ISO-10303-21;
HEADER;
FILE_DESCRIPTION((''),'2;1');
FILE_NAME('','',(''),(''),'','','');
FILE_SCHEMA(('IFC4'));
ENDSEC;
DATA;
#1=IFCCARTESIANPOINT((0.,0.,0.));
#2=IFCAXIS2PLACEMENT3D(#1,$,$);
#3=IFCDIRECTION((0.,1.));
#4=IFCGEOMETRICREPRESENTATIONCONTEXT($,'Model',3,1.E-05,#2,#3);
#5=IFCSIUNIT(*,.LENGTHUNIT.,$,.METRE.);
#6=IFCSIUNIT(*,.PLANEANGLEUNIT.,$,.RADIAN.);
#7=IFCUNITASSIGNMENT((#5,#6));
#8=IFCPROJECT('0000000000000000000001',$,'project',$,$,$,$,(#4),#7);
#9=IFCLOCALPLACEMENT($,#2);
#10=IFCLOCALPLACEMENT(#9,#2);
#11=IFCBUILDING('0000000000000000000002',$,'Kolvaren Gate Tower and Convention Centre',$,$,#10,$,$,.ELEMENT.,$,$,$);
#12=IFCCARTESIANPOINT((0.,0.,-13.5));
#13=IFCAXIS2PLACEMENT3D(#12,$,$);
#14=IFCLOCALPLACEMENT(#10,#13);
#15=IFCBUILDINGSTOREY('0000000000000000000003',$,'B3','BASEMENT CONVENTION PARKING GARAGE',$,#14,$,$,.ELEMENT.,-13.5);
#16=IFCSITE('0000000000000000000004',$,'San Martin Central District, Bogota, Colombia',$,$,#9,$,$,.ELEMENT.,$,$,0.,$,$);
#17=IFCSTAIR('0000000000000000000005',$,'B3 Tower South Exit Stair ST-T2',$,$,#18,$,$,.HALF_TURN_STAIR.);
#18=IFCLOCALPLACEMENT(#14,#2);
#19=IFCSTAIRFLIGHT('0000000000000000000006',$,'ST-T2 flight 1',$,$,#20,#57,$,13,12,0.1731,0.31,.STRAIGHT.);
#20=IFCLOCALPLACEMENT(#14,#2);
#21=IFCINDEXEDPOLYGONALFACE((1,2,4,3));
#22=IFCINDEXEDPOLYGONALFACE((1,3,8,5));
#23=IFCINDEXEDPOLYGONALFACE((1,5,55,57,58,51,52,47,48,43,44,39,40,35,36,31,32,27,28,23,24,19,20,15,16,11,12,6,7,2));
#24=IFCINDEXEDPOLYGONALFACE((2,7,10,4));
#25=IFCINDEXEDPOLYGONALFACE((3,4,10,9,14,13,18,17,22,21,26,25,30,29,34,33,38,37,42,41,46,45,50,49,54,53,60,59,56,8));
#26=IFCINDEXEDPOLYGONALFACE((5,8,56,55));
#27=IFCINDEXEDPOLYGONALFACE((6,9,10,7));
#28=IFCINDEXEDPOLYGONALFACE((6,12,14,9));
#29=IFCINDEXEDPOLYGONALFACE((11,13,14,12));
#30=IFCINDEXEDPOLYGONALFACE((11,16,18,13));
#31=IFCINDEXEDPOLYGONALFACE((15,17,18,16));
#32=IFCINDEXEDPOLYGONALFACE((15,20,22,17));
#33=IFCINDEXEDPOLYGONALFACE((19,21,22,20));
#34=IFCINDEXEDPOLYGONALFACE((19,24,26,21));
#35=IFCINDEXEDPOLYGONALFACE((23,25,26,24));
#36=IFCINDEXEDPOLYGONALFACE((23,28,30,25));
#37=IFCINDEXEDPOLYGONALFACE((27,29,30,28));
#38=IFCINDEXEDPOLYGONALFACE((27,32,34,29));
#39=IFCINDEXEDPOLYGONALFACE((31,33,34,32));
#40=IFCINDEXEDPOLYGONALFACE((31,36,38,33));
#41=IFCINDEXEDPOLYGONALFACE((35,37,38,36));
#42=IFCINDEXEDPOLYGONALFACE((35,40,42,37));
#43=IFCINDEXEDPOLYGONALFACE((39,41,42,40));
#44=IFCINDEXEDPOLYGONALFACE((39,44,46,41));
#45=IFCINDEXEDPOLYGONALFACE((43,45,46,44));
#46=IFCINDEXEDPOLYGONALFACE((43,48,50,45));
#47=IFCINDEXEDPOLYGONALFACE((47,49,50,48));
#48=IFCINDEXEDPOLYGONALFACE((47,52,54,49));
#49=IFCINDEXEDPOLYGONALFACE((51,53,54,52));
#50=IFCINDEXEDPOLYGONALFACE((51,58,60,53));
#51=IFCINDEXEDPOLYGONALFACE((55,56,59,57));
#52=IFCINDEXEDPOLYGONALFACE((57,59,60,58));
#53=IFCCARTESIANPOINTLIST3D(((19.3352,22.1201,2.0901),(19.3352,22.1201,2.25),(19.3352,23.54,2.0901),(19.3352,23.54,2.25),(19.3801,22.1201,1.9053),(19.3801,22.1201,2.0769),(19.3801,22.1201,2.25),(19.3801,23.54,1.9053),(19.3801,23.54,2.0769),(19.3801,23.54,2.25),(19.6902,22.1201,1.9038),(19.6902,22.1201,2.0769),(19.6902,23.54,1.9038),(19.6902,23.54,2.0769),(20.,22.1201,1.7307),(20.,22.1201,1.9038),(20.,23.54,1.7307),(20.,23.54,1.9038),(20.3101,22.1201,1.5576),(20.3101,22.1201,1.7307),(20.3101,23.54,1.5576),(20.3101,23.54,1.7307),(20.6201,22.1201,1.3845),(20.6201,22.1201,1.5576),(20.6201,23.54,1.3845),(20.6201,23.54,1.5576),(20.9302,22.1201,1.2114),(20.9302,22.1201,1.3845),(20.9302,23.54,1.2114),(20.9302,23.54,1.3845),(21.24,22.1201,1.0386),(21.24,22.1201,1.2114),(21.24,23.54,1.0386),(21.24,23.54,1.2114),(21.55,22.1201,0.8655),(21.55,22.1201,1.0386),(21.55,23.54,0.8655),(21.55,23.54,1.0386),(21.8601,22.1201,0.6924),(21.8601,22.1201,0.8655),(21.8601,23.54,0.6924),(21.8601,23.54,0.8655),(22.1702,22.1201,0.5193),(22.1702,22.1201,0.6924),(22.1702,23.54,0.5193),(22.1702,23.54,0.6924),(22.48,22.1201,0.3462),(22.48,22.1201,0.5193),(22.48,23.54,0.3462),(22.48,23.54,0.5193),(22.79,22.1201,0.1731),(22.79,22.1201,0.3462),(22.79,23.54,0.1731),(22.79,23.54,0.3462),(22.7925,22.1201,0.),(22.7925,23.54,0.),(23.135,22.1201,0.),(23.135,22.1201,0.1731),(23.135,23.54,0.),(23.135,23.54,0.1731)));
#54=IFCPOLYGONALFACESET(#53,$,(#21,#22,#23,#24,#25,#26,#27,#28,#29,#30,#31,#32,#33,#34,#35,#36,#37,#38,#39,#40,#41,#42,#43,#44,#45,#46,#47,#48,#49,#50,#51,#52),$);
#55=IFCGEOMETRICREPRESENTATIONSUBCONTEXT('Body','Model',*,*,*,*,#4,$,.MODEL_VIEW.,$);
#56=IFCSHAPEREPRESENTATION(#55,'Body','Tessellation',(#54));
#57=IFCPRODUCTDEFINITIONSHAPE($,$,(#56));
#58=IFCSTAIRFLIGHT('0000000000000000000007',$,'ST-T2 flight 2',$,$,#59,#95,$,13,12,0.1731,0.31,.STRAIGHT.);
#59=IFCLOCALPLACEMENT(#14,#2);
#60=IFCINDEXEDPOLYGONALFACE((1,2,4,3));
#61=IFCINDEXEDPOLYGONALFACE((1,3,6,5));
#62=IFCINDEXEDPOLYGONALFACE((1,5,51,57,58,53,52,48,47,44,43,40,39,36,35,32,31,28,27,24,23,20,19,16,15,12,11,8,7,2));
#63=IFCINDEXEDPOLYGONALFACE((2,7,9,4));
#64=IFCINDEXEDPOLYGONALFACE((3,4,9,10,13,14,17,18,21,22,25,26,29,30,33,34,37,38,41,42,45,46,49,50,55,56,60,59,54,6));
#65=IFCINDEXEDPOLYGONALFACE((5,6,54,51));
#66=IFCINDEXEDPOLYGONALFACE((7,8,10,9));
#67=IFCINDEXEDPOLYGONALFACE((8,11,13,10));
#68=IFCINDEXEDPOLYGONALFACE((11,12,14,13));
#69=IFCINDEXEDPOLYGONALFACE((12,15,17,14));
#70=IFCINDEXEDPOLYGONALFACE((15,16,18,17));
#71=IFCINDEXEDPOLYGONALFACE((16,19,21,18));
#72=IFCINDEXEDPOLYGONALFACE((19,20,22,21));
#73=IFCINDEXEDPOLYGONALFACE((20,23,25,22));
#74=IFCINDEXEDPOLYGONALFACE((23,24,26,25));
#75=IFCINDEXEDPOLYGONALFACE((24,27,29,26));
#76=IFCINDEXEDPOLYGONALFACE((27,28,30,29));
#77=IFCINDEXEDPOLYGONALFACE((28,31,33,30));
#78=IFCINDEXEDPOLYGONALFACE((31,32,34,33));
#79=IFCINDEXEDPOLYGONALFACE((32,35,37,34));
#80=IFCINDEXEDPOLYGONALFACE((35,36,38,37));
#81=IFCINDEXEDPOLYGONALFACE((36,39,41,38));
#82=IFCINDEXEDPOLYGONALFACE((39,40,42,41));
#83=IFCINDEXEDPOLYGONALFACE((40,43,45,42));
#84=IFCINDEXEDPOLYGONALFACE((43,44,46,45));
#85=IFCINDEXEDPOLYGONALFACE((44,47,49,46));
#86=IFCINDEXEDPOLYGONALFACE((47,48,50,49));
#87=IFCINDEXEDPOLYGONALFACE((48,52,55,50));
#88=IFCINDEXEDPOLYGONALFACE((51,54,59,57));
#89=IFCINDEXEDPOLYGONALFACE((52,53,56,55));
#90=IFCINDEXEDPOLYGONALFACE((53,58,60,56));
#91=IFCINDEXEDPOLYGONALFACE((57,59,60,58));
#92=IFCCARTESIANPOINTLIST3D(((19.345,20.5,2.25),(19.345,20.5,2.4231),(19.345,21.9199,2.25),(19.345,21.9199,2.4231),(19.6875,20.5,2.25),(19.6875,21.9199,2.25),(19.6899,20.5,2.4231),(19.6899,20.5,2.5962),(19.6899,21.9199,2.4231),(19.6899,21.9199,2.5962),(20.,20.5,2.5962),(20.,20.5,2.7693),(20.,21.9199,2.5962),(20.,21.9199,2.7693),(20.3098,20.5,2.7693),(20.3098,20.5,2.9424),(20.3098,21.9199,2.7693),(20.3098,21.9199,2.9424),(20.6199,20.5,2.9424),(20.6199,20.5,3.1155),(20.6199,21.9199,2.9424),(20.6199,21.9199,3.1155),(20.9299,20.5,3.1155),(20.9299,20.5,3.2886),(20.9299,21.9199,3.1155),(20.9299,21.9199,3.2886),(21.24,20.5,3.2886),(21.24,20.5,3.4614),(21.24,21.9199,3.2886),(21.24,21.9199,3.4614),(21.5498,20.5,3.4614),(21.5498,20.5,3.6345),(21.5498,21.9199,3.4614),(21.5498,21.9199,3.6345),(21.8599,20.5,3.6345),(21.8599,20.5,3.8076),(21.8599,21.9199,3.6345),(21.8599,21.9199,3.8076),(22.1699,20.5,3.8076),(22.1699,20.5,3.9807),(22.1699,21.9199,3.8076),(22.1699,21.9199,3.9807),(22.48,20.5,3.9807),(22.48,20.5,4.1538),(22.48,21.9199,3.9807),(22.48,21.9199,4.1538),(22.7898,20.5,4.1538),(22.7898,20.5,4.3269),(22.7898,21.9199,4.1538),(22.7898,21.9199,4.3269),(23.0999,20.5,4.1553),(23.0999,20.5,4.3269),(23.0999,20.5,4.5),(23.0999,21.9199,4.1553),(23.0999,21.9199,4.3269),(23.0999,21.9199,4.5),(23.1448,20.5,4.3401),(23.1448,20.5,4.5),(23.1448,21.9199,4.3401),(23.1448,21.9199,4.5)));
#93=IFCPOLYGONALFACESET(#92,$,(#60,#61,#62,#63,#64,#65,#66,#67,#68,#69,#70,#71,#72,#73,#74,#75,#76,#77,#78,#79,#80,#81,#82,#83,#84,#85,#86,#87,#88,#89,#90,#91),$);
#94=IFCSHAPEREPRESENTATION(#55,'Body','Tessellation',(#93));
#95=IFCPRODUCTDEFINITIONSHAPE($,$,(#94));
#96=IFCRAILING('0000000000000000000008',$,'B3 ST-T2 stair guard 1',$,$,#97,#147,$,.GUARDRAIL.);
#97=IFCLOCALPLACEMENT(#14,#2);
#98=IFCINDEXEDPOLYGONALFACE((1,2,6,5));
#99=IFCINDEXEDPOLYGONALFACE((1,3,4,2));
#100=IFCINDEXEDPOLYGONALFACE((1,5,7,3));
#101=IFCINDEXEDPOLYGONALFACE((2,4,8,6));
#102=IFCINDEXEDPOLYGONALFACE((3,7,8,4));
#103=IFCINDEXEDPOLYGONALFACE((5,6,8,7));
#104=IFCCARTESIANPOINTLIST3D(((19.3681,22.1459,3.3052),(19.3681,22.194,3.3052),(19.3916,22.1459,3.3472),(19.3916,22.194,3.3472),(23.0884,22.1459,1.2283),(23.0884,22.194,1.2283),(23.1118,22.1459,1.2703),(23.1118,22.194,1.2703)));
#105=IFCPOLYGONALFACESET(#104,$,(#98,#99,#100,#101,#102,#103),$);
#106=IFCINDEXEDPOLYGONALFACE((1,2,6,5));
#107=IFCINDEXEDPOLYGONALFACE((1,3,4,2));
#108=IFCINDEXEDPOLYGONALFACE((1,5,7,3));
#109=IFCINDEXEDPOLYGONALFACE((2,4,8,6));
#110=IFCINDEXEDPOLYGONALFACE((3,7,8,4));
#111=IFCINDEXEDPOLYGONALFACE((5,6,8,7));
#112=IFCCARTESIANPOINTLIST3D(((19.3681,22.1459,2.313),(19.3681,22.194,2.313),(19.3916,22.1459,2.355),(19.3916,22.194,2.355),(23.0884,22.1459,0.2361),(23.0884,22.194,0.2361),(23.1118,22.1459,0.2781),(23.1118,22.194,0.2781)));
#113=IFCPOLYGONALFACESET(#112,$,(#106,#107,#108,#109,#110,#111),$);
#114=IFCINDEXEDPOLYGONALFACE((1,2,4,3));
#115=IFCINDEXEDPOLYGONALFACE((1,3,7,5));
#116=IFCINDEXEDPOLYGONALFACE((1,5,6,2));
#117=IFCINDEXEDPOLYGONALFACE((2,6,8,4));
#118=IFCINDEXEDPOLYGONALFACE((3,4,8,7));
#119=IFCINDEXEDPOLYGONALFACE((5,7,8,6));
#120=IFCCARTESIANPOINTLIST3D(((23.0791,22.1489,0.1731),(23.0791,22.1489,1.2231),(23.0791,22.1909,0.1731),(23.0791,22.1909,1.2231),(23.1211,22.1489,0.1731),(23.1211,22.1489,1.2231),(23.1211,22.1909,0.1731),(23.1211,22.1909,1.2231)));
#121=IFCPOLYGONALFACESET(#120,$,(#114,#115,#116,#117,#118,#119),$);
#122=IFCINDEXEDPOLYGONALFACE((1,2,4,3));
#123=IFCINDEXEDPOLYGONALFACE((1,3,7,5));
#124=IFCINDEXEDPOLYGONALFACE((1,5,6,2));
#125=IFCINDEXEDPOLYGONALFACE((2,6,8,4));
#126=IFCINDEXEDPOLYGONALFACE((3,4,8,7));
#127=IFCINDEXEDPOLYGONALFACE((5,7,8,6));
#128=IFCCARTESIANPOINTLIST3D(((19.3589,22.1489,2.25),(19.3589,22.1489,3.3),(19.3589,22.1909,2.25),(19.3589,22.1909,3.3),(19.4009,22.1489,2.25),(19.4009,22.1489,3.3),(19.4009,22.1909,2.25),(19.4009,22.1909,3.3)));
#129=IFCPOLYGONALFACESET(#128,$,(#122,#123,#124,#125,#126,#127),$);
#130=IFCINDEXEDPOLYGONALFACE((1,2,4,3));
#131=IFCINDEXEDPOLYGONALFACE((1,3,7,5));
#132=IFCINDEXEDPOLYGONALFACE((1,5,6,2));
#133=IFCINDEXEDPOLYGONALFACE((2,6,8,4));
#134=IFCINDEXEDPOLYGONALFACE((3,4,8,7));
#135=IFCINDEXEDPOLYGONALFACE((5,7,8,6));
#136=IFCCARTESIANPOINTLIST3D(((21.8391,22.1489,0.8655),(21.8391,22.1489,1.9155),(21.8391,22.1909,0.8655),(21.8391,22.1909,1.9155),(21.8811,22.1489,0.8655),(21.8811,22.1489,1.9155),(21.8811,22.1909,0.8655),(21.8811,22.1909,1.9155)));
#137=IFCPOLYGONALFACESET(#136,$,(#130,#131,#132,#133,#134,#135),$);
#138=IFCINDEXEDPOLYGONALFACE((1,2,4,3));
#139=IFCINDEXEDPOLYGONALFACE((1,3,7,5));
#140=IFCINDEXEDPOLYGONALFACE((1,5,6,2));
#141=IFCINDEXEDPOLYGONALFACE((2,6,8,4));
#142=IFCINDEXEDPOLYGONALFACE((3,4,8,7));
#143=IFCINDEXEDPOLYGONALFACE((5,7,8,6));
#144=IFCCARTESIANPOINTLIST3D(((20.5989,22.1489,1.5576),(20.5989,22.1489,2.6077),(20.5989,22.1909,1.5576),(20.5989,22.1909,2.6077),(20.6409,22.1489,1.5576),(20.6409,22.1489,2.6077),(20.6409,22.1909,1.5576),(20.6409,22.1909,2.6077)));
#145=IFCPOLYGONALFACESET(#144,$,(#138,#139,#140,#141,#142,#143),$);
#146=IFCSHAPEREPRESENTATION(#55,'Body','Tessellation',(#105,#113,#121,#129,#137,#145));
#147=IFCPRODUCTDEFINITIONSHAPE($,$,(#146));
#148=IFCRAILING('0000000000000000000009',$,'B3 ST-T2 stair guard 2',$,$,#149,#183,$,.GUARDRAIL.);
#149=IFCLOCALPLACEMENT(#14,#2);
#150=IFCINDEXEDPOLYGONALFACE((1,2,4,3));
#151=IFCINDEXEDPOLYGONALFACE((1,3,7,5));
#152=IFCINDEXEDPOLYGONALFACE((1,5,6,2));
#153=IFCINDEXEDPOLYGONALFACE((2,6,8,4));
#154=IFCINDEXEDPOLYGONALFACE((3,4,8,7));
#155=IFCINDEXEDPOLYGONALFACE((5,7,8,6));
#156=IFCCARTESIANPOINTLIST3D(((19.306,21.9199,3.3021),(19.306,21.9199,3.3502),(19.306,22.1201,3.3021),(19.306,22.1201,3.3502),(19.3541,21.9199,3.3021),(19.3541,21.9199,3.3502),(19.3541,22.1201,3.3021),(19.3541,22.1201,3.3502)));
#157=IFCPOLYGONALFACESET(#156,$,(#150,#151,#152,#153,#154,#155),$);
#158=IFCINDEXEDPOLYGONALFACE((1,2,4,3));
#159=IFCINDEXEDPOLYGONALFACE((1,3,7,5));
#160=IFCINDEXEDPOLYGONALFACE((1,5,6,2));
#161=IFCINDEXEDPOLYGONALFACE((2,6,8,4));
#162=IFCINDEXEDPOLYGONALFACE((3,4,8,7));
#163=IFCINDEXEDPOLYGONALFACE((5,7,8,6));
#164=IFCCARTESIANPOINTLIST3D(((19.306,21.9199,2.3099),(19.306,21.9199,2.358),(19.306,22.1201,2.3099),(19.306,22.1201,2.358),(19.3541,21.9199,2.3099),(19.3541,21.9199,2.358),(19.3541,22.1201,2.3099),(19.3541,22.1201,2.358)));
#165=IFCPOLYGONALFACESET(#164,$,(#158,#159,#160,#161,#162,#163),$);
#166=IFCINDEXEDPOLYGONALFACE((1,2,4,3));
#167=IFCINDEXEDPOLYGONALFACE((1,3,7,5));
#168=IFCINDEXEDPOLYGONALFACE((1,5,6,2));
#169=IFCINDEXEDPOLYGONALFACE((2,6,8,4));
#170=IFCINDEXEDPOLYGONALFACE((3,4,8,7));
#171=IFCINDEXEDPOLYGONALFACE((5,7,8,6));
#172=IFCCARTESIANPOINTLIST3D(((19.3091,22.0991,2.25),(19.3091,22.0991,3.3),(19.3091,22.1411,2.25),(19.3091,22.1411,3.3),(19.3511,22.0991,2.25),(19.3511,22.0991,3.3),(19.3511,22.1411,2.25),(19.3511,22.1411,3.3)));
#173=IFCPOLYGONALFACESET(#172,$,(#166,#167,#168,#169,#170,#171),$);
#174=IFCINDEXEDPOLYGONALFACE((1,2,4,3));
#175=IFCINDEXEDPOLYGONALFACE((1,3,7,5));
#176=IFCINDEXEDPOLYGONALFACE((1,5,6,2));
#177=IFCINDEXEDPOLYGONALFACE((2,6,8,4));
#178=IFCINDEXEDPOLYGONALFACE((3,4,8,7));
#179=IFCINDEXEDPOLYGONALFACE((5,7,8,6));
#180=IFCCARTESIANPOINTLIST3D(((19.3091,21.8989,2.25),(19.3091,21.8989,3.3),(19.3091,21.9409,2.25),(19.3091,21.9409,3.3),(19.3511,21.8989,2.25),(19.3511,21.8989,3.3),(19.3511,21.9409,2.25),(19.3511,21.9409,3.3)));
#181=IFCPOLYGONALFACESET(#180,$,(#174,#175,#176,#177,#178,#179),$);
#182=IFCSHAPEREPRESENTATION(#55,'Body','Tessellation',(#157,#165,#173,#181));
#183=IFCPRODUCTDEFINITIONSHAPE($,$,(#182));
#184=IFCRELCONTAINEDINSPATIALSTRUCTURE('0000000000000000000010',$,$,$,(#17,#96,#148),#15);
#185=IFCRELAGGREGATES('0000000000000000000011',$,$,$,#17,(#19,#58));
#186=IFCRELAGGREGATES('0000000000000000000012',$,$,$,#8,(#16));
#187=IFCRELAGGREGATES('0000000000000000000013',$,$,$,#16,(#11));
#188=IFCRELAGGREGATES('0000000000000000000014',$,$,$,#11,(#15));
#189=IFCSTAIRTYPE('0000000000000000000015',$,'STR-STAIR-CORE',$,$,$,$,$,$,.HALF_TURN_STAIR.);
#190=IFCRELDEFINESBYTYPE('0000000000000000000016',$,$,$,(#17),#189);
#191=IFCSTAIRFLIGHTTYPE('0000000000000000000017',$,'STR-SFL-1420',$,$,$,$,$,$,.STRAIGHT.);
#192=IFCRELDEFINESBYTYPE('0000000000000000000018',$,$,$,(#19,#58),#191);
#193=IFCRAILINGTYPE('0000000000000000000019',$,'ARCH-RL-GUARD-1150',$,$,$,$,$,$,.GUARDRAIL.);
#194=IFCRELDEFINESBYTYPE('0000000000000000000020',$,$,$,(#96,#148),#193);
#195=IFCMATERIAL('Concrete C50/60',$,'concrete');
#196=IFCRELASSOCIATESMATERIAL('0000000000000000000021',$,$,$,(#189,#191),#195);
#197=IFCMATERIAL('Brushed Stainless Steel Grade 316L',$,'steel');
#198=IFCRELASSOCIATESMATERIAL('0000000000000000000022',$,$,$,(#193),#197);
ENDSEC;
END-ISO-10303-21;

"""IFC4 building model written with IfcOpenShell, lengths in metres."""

from ifc_helpers import new_model, si_unit, direction, frame, origin, origin_2d, place, context, subcontext, project, spatial, polyline, rectangle, outline, extrude, material, type_object, element, aggregate, save


model = new_model("IFC4")

# Units and contexts
model_context = context("Model", 3, precision=1e-05, world=origin(), true_north=direction((0.0, 1.0)))
body_context = subcontext(model_context, "Body", "Model", "MODEL_VIEW")
ifc_project = project(units=[si_unit("LENGTHUNIT", "METRE"), si_unit("PLANEANGLEUNIT", "RADIAN")], contexts=[model_context])

# Site, building, storey
site_placement = place(None, origin())
site = spatial("IfcSite", under=ifc_project, at=site_placement, Name="San Martin Central District, Bogota, Colombia", CompositionType="ELEMENT", RefElevation=0.0)
building_placement = place(site_placement, origin())
building = spatial("IfcBuilding", under=site, at=building_placement, Name="Kolvaren Gate Tower and Convention Centre", CompositionType="ELEMENT")
storey_placement = place(building_placement, frame((0.0, 0.0, -13.5)))
storey = spatial("IfcBuildingStorey", under=building, at=storey_placement, Name="B3", Description="BASEMENT CONVENTION PARKING GARAGE", CompositionType="ELEMENT", Elevation=-13.5)

# Shared definitions
ifc_material_1 = material(Name="Concrete C50/60", Category="concrete")

# Stair, stair flights
stair_type = type_object("IfcStairType", Name="STR-STAIR-CORE", PredefinedType="HALF_TURN_STAIR", material=ifc_material_1)
stair_placement = place(storey_placement, origin())
stair = element("IfcStair", 1, at=stair_placement, inside=storey, type_object=stair_type, Name="B3 Tower South Exit Stair ST-T2", PredefinedType="HALF_TURN_STAIR")
stair_flight_type = type_object("IfcStairFlightType", Name="STR-SFL-1420", PredefinedType="STRAIGHT", material=ifc_material_1)
stair_flight_1_placement = place(storey_placement, frame((23.1001, 22.8301, 0.0), z_axis=(0.0, 0.0, 1.0), x_axis=(-1.0, 0.0, 0.0)))
stair_flight_1 = element("IfcStairFlight", 2, at=stair_flight_1_placement, type_object=stair_flight_type, Name="ST-T2 flight 1", NumberOfRisers=13, NumberOfTreads=12, PredefinedType="STRAIGHT", RiserHeight=0.1731, TreadLength=0.31, context=body_context, shape_type="SweptSolid", body=[
    extrude(outline(polyline([(-0.0349, 0.0), (-0.0349, 0.1731), (0.3101, 0.1731), (0.3101, 0.3462), (0.6201, 0.3462), (0.6201, 0.5193), (0.9299, 0.5193), (0.9299, 0.6924), (1.24, 0.6924), (1.24, 0.8655), (1.55, 0.8655), (1.55, 1.0386), (1.8601, 1.0386), (1.8601, 1.2114), (2.1699, 1.2114), (2.1699, 1.3845), (2.48, 1.3845), (2.48, 1.5576), (2.79, 1.5576), (2.79, 1.7307), (3.1001, 1.7307), (3.1001, 1.9038), (3.4099, 1.9038), (3.4099, 2.0769), (3.72, 2.0769), (3.72, 2.25), (3.7649, 2.25), (3.7649, 2.0901), (3.72, 1.9053), (0.3076, 0.0), (-0.0349, 0.0)])), frame((0.0, 0.71, 0.0), z_axis=(0.0, -1.0, 0.0), x_axis=(1.0, 0.0, 0.0)), (0.0, 0.0, 1.0), 1.4199),
])
stair_flight_2_placement = place(storey_placement, frame((19.3799, 21.21, 2.25), z_axis=(0.0, 0.0, 1.0), x_axis=(1.0, 0.0, 0.0)))
stair_flight_2 = element("IfcStairFlight", 3, at=stair_flight_2_placement, type_object=stair_flight_type, Name="ST-T2 flight 2", NumberOfRisers=13, NumberOfTreads=12, PredefinedType="STRAIGHT", RiserHeight=0.1731, TreadLength=0.31, context=body_context, shape_type="SweptSolid", body=[
    extrude(outline(polyline([(-0.0349, 0.0), (-0.0349, 0.1731), (0.3101, 0.1731), (0.3101, 0.3462), (0.6201, 0.3462), (0.6201, 0.5193), (0.9299, 0.5193), (0.9299, 0.6924), (1.24, 0.6924), (1.24, 0.8655), (1.55, 0.8655), (1.55, 1.0386), (1.8601, 1.0386), (1.8601, 1.2114), (2.1699, 1.2114), (2.1699, 1.3845), (2.48, 1.3845), (2.48, 1.5576), (2.79, 1.5576), (2.79, 1.7307), (3.1001, 1.7307), (3.1001, 1.9038), (3.4099, 1.9038), (3.4099, 2.0769), (3.72, 2.0769), (3.72, 2.25), (3.7649, 2.25), (3.7649, 2.0901), (3.72, 1.9053), (0.3076, 0.0), (-0.0349, 0.0)])), frame((0.0, 0.71, 0.0), z_axis=(0.0, -1.0, 0.0), x_axis=(1.0, 0.0, 0.0)), (0.0, 0.0, 1.0), 1.4199),
])
aggregate(stair, [stair_flight_1, stair_flight_2])

# Railings
ifc_material_2 = material(Name="Brushed Stainless Steel Grade 316L", Category="steel")
railing_type_1 = type_object("IfcRailingType", Name="ARCH-RL-GUARD-1150", PredefinedType="GUARDRAIL", material=ifc_material_2)
railing_1_placement = place(storey_placement, frame((23.1001, 22.1699, 0.1731)))
element("IfcRailing", 4, at=railing_1_placement, inside=storey, type_object=railing_type_1, Name="B3 ST-T2 stair guard 1", PredefinedType="GUARDRAIL", context=body_context, shape_type="SweptSolid", body=[
    extrude(rectangle(XDim=0.0481, YDim=0.0481, at=origin_2d()), frame((0.0, 0.0, 1.0762), z_axis=(-0.873147, 0.0, 0.487457), x_axis=(0.0, -1.0, 0.0)), (0.0, 0.0, 1.0), 4.2607),
    extrude(rectangle(XDim=0.0481, YDim=0.0481, at=origin_2d()), frame((0.0, 0.0, 0.084), z_axis=(-0.873147, 0.0, 0.487457), x_axis=(0.0, -1.0, 0.0)), (0.0, 0.0, 1.0), 4.2607),
    extrude(rectangle(XDim=0.042, YDim=0.042, at=origin_2d()), origin(), (0.0, 0.0, 1.0), 1.05),
    extrude(rectangle(XDim=0.042, YDim=0.042, at=origin_2d()), frame((-3.7202, 0.0, 2.0769)), (0.0, 0.0, 1.0), 1.05),
    extrude(rectangle(XDim=0.042, YDim=0.042, at=origin_2d()), frame((-1.24, 0.0, 0.6924)), (0.0, 0.0, 1.0), 1.05),
    extrude(rectangle(XDim=0.042, YDim=0.042, at=origin_2d()), frame((-2.4802, 0.0, 1.3845)), (0.0, 0.0, 1.0), 1.05),
])
railing_2_placement = place(storey_placement, frame((19.3301, 22.1201, 2.25)))
element("IfcRailing", 5, at=railing_2_placement, inside=storey, type_object=railing_type_1, Name="B3 ST-T2 stair guard 2", PredefinedType="GUARDRAIL", context=body_context, shape_type="SweptSolid", body=[
    extrude(rectangle(XDim=0.0481, YDim=0.0481, at=origin_2d()), frame((0.0, 0.0, 1.0762), z_axis=(0.0, -1.0, 0.0), x_axis=(1.0, 0.0, 0.0)), (0.0, 0.0, 1.0), 0.2002),
    extrude(rectangle(XDim=0.0481, YDim=0.0481, at=origin_2d()), frame((0.0, 0.0, 0.084), z_axis=(0.0, -1.0, 0.0), x_axis=(1.0, 0.0, 0.0)), (0.0, 0.0, 1.0), 0.2002),
    extrude(rectangle(XDim=0.042, YDim=0.042, at=origin_2d()), origin(), (0.0, 0.0, 1.0), 1.05),
    extrude(rectangle(XDim=0.042, YDim=0.042, at=origin_2d()), frame((0.0, -0.2002, 0.0)), (0.0, 0.0, 1.0), 1.05),
])

save(model, "model.ifc")
